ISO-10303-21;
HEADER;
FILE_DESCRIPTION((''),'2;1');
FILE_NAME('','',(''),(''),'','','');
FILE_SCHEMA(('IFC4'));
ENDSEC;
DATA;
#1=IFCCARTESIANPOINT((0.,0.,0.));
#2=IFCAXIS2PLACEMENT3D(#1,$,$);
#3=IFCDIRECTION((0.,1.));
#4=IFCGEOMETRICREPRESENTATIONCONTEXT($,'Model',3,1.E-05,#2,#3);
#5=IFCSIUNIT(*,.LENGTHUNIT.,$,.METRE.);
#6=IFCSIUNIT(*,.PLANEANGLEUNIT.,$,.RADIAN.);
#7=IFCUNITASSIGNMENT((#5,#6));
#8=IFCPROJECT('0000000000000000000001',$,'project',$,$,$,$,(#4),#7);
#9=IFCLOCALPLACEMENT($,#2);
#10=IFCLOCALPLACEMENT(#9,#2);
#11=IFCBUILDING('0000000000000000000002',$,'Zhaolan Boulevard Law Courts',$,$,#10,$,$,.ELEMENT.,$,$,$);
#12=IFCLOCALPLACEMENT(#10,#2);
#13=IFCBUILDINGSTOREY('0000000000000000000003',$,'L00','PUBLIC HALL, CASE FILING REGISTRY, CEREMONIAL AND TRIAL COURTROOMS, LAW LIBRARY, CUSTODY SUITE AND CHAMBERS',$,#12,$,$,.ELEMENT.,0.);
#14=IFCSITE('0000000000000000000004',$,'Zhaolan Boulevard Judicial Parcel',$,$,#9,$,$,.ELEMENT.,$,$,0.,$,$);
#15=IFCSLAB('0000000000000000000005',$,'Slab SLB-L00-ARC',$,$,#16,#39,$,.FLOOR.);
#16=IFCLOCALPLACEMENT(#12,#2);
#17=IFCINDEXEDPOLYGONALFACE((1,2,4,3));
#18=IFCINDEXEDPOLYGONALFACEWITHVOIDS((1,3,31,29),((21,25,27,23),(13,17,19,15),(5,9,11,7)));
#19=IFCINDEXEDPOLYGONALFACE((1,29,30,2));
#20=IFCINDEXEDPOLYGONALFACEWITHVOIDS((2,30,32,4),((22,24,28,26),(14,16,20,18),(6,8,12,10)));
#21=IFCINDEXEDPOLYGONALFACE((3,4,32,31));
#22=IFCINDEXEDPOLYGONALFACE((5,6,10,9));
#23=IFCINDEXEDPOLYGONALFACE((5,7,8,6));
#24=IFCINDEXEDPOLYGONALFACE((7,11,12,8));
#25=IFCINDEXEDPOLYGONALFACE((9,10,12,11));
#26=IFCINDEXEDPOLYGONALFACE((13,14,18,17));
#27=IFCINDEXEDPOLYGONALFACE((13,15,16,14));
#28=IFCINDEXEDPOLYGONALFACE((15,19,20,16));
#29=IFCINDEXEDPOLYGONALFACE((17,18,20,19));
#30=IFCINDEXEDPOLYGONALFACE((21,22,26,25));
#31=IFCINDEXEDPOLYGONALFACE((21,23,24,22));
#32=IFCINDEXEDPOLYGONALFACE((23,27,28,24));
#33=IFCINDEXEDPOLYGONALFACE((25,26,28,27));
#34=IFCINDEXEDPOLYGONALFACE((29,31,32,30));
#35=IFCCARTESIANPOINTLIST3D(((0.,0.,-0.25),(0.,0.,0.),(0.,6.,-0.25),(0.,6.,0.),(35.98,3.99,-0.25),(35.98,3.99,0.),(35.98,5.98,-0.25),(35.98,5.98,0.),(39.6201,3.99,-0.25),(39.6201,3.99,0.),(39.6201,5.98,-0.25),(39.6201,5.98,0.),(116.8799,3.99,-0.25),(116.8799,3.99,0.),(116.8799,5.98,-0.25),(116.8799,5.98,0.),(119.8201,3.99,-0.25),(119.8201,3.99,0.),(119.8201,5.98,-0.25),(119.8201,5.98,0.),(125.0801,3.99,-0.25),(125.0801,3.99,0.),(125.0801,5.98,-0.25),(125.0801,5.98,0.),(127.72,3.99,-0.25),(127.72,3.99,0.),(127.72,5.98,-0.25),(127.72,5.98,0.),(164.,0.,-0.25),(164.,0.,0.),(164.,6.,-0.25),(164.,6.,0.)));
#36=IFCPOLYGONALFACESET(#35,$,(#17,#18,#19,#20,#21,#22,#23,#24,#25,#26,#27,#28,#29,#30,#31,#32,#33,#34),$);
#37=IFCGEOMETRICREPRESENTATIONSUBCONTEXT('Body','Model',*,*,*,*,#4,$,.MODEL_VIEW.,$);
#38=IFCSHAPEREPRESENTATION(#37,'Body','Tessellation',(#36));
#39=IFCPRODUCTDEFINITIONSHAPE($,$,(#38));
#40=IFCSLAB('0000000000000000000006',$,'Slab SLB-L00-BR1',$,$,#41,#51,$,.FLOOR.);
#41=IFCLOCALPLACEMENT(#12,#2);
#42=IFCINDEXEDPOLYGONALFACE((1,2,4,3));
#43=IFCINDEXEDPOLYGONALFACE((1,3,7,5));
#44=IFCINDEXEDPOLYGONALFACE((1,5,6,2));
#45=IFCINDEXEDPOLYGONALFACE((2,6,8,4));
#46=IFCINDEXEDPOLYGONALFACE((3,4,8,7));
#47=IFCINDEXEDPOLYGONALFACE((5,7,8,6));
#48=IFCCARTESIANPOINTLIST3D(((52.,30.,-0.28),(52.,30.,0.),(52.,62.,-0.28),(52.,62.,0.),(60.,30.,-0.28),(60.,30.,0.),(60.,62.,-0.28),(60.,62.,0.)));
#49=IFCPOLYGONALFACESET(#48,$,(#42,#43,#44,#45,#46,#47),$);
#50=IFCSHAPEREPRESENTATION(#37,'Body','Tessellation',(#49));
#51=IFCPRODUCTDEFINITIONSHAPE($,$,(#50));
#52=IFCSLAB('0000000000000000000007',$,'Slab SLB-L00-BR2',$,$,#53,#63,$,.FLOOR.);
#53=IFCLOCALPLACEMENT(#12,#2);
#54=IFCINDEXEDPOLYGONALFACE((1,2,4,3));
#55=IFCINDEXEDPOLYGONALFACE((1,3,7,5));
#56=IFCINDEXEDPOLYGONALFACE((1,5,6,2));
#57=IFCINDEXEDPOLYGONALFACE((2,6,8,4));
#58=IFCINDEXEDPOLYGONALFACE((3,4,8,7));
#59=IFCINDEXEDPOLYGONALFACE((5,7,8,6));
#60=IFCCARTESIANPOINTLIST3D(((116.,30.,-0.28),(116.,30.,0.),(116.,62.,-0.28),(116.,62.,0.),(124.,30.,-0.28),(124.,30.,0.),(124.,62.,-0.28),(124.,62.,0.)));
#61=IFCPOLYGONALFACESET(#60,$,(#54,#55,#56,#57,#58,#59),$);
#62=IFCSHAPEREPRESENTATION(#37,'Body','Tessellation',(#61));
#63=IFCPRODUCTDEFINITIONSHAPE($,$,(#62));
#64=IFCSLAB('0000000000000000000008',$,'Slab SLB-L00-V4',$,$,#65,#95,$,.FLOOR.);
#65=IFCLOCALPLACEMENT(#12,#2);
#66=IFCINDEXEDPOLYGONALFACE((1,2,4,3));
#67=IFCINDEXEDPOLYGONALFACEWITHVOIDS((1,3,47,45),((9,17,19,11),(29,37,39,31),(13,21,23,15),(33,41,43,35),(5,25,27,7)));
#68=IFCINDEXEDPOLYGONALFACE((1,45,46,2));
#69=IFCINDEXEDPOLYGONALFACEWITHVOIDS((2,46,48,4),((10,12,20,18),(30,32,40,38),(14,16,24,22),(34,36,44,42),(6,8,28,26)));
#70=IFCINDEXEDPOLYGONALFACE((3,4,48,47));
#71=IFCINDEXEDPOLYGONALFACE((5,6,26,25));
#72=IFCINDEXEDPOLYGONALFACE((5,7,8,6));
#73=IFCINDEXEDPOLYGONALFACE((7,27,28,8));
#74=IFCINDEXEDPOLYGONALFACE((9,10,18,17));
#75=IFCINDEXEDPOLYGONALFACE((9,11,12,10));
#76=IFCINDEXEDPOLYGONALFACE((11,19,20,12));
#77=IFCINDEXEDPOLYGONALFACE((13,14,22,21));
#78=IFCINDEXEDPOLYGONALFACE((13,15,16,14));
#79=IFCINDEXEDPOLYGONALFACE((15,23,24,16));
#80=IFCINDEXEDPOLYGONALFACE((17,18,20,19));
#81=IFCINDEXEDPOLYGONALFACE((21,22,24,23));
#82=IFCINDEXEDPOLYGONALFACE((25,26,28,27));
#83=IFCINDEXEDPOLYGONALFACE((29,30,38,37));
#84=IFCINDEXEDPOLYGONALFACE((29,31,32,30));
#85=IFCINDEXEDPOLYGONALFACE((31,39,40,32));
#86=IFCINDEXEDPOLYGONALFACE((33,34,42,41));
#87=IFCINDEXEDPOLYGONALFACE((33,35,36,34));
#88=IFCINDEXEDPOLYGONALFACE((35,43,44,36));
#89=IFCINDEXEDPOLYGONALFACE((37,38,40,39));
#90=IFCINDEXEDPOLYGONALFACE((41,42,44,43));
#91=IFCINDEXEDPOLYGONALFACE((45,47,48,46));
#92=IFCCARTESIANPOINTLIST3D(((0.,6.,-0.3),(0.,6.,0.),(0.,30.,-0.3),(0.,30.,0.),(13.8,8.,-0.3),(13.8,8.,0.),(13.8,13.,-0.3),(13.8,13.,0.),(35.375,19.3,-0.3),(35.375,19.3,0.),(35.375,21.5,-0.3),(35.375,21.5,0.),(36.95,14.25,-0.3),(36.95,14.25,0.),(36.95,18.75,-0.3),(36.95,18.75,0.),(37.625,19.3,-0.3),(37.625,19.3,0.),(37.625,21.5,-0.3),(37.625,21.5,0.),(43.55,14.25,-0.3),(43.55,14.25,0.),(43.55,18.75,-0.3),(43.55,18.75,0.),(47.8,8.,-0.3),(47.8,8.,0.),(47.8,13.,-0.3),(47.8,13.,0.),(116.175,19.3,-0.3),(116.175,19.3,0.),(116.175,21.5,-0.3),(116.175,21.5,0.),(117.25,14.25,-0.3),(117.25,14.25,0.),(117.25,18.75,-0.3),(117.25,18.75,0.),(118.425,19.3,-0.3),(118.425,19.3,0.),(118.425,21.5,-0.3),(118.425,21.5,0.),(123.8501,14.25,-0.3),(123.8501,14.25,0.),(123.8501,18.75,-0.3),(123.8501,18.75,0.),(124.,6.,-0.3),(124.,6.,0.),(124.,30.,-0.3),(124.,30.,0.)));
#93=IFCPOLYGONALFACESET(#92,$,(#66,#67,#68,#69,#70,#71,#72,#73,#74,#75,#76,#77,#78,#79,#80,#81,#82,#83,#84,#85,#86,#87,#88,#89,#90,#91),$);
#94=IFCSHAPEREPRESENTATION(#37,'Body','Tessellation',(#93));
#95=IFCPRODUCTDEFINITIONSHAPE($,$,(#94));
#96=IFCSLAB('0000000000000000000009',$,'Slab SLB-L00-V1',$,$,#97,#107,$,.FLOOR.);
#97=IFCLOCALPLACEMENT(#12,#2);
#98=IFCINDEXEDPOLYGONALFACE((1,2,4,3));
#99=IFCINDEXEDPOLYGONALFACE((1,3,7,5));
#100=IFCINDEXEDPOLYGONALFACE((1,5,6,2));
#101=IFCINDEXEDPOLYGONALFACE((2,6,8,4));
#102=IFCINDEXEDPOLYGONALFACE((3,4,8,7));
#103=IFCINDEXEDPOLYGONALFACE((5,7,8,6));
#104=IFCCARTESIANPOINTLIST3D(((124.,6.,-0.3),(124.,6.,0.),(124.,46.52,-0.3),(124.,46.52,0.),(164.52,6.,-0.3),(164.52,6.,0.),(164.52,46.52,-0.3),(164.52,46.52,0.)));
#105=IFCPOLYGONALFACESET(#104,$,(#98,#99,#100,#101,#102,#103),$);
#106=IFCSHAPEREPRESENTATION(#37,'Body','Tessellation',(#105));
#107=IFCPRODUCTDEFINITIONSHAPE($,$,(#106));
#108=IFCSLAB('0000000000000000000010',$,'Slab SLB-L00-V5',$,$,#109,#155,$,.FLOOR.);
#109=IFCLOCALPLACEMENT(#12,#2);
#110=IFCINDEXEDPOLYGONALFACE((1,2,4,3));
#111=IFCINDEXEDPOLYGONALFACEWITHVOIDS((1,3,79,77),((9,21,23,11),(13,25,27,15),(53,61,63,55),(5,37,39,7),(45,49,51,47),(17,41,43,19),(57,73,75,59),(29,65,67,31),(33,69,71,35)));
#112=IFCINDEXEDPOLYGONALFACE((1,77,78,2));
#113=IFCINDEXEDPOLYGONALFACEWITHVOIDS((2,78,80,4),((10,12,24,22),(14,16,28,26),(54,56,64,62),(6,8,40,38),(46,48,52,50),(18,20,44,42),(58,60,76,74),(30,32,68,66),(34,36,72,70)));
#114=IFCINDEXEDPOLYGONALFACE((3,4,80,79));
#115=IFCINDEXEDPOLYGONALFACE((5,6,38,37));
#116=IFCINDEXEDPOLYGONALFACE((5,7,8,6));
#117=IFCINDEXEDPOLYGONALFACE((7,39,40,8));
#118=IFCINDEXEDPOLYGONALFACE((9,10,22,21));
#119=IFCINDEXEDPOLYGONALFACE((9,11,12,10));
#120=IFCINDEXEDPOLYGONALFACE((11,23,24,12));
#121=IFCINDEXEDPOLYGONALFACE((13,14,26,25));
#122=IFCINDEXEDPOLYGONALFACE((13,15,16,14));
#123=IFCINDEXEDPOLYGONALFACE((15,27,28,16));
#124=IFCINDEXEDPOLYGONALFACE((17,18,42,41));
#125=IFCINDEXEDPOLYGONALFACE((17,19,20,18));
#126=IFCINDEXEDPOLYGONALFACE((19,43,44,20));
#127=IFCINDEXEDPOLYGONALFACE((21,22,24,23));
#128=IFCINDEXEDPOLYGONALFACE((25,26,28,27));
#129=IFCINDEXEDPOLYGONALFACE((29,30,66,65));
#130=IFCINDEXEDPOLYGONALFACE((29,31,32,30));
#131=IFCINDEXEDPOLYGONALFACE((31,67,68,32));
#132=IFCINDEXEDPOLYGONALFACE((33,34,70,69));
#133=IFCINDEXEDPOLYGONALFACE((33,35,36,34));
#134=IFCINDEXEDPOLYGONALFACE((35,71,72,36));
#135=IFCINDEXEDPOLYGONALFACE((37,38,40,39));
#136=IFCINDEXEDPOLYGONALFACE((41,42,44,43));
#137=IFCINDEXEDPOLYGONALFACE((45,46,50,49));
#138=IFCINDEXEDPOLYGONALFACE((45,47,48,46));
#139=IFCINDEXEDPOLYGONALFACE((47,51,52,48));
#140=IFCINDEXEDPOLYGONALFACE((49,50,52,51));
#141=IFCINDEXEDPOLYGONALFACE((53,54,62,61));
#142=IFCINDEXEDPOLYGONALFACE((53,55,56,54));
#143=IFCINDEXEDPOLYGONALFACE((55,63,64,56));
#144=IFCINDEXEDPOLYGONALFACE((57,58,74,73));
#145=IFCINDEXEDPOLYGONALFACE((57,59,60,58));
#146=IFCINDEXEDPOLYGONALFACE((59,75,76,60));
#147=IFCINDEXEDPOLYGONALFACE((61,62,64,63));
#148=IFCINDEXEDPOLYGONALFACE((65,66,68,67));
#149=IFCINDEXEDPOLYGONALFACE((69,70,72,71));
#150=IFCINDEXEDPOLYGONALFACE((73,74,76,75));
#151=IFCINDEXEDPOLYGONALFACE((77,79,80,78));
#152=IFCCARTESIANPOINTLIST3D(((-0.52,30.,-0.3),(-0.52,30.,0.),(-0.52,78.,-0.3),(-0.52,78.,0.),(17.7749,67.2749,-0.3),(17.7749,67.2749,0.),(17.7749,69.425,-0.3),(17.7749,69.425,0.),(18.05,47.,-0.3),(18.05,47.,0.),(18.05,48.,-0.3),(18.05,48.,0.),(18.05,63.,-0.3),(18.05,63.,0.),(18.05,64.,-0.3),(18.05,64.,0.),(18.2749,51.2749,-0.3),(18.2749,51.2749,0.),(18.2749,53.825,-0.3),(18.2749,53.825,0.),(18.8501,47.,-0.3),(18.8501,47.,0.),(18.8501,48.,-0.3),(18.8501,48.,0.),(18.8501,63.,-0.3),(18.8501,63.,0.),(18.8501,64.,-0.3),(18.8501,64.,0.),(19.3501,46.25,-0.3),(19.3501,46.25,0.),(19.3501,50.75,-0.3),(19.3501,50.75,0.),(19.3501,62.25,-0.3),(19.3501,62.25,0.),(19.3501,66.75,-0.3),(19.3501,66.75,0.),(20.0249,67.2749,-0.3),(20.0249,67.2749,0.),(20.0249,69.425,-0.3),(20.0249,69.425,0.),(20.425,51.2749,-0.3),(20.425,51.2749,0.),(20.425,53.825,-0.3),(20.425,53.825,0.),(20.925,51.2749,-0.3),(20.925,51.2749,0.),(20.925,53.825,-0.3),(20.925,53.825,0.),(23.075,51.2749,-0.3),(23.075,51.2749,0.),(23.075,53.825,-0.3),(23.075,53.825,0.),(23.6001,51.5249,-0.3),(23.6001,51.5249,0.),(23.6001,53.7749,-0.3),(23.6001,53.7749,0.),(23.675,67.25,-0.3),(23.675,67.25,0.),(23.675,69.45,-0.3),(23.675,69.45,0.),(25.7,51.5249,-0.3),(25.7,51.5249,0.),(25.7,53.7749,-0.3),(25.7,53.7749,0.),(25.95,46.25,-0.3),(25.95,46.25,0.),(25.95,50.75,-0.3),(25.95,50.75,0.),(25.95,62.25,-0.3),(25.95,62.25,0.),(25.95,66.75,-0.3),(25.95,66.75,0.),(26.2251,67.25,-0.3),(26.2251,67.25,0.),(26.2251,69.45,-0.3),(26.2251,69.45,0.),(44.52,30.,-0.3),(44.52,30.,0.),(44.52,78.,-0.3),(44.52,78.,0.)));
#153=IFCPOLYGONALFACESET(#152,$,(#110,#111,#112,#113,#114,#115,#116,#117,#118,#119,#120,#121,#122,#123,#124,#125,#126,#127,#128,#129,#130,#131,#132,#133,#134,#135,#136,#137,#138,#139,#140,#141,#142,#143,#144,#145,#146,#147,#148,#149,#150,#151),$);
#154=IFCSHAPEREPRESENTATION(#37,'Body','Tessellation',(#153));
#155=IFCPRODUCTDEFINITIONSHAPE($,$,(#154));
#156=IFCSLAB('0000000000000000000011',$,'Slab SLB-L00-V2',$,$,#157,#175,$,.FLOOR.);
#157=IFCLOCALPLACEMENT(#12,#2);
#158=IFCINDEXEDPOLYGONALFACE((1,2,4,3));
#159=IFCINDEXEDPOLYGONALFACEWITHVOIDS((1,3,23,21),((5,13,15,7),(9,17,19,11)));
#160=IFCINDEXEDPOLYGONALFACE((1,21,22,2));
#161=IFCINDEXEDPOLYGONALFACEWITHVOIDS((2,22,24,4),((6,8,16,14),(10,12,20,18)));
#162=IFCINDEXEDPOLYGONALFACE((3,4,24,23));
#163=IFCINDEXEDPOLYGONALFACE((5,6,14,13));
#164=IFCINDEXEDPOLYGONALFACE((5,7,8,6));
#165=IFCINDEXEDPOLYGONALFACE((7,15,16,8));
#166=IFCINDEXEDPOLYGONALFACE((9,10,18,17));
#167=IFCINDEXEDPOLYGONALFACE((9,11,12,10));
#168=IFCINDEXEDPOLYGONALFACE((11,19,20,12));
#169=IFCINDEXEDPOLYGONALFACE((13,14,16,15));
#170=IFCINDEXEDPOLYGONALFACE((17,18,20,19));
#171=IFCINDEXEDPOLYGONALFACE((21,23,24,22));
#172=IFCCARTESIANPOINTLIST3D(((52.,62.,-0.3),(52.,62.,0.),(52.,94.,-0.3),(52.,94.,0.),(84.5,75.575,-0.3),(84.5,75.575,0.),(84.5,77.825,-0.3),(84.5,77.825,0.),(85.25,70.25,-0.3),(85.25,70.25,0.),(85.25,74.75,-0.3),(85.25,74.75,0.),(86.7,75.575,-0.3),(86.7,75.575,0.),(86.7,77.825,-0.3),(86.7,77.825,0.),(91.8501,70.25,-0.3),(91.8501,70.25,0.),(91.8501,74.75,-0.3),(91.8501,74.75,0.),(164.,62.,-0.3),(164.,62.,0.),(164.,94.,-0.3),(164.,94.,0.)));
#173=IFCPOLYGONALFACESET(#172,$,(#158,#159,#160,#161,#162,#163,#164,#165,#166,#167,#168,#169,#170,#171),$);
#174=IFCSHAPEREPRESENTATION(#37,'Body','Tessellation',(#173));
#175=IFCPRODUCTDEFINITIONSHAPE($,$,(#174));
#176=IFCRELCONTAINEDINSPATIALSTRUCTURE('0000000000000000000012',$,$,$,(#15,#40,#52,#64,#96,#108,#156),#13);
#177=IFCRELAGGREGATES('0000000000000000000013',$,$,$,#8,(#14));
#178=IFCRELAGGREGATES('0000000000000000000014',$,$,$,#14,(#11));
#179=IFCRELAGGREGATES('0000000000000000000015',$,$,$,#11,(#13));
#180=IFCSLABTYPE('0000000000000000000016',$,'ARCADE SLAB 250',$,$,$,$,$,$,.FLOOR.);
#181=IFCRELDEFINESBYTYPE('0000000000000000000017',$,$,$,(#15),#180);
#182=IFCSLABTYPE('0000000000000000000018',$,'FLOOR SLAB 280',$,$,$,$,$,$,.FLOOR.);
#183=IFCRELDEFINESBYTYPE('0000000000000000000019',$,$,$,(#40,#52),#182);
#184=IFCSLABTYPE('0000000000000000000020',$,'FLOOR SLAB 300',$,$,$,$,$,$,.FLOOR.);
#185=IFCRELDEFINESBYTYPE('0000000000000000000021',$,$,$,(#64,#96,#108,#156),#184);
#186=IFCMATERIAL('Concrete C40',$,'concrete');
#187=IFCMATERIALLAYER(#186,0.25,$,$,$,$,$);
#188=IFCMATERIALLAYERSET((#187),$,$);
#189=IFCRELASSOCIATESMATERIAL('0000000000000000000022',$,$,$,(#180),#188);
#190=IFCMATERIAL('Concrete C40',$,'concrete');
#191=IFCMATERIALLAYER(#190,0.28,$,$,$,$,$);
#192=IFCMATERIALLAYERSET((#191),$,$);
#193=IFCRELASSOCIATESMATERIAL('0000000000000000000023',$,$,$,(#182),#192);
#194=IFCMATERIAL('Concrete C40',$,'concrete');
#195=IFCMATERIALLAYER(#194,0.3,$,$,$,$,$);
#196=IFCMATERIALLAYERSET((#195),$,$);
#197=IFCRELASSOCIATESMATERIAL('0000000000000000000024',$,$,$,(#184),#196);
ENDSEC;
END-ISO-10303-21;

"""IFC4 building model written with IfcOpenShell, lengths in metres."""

from ifc_helpers import new_model, si_unit, direction, frame, origin, place, context, subcontext, project, spatial, polyline, outline, extrude, material, layer, layer_set, type_object, element, save


model = new_model("IFC4")

# Units and contexts
model_context = context("Model", 3, precision=1e-05, world=origin(), true_north=direction((0.0, 1.0)))
body_context = subcontext(model_context, "Body", "Model", "MODEL_VIEW")
ifc_project = project(units=[si_unit("LENGTHUNIT", "METRE"), si_unit("PLANEANGLEUNIT", "RADIAN")], contexts=[model_context])

# Site, building, storey
site_placement = place(None, origin())
site = spatial("IfcSite", under=ifc_project, at=site_placement, Name="Zhaolan Boulevard Judicial Parcel", CompositionType="ELEMENT", RefElevation=0.0)
building_placement = place(site_placement, origin())
building = spatial("IfcBuilding", under=site, at=building_placement, Name="Zhaolan Boulevard Law Courts", CompositionType="ELEMENT")
storey_placement = place(building_placement, origin())
storey = spatial("IfcBuildingStorey", under=building, at=storey_placement, Name="L00", Description="PUBLIC HALL, CASE FILING REGISTRY, CEREMONIAL AND TRIAL COURTROOMS, LAW LIBRARY, CUSTODY SUITE AND CHAMBERS", CompositionType="ELEMENT", Elevation=0.0)

# Slabs
ifc_material_1 = material(Name="Concrete C40", Category="concrete")
ifc_layer_1 = layer(ifc_material_1, 0.25)
ifc_layer_set_1 = layer_set([ifc_layer_1])
slab_type_1 = type_object("IfcSlabType", Name="ARCADE SLAB 250", PredefinedType="FLOOR", material=ifc_layer_set_1)
slab_1_placement = place(storey_placement, frame((0.0, 0.0, -0.25)))
element("IfcSlab", 1, at=slab_1_placement, inside=storey, type_object=slab_type_1, Name="Slab SLB-L00-ARC", PredefinedType="FLOOR", context=body_context, shape_type="SweptSolid", body=[
    extrude(outline(polyline([(0.0, 0.0), (164.0, 0.0), (164.0, 6.0), (0.0, 6.0), (0.0, 0.0)]), holes=[polyline([(35.98, 3.99), (39.6201, 3.99), (39.6201, 5.98), (35.98, 5.98), (35.98, 3.99)]), polyline([(116.8799, 3.99), (119.8201, 3.99), (119.8201, 5.98), (116.8799, 5.98), (116.8799, 3.99)]), polyline([(125.0801, 3.99), (127.72, 3.99), (127.72, 5.98), (125.0801, 5.98), (125.0801, 3.99)])]), origin(), (0.0, 0.0, 1.0), 0.25),
])
ifc_material_2 = material(Name="Concrete C40", Category="concrete")
ifc_layer_2 = layer(ifc_material_2, 0.28)
ifc_layer_set_2 = layer_set([ifc_layer_2])
slab_type_2 = type_object("IfcSlabType", Name="FLOOR SLAB 280", PredefinedType="FLOOR", material=ifc_layer_set_2)
slab_2_placement = place(storey_placement, frame((0.0, 0.0, -0.28)))
element("IfcSlab", 2, at=slab_2_placement, inside=storey, type_object=slab_type_2, Name="Slab SLB-L00-BR1", PredefinedType="FLOOR", context=body_context, shape_type="SweptSolid", body=[
    extrude(outline(polyline([(52.0, 30.0), (60.0, 30.0), (60.0, 62.0), (52.0, 62.0), (52.0, 30.0)])), origin(), (0.0, 0.0, 1.0), 0.28),
])
slab_3_placement = place(storey_placement, frame((0.0, 0.0, -0.28)))
element("IfcSlab", 3, at=slab_3_placement, inside=storey, type_object=slab_type_2, Name="Slab SLB-L00-BR2", PredefinedType="FLOOR", context=body_context, shape_type="SweptSolid", body=[
    extrude(outline(polyline([(116.0, 30.0), (124.0, 30.0), (124.0, 62.0), (116.0, 62.0), (116.0, 30.0)])), origin(), (0.0, 0.0, 1.0), 0.28),
])
ifc_material_3 = material(Name="Concrete C40", Category="concrete")
ifc_layer_3 = layer(ifc_material_3, 0.3)
ifc_layer_set_3 = layer_set([ifc_layer_3])
slab_type_3 = type_object("IfcSlabType", Name="FLOOR SLAB 300", PredefinedType="FLOOR", material=ifc_layer_set_3)
slab_4_placement = place(storey_placement, frame((0.0, 0.0, -0.3)))
element("IfcSlab", 4, at=slab_4_placement, inside=storey, type_object=slab_type_3, Name="Slab SLB-L00-V4", PredefinedType="FLOOR", context=body_context, shape_type="SweptSolid", body=[
    extrude(outline(polyline([(0.0, 6.0), (124.0, 6.0), (124.0, 30.0), (0.0, 30.0), (0.0, 6.0)]), holes=[polyline([(35.375, 19.3), (37.625, 19.3), (37.625, 21.5), (35.375, 21.5), (35.375, 19.3)]), polyline([(116.175, 19.3), (118.425, 19.3), (118.425, 21.5), (116.175, 21.5), (116.175, 19.3)]), polyline([(36.95, 14.25), (43.55, 14.25), (43.55, 18.75), (36.95, 18.75), (36.95, 14.25)]), polyline([(117.25, 14.25), (123.8501, 14.25), (123.8501, 18.75), (117.25, 18.75), (117.25, 14.25)]), polyline([(13.8, 8.0), (47.8, 8.0), (47.8, 13.0), (13.8, 13.0), (13.8, 8.0)])]), origin(), (0.0, 0.0, 1.0), 0.3),
])
slab_5_placement = place(storey_placement, frame((0.0, 0.0, -0.3)))
element("IfcSlab", 5, at=slab_5_placement, inside=storey, type_object=slab_type_3, Name="Slab SLB-L00-V1", PredefinedType="FLOOR", context=body_context, shape_type="SweptSolid", body=[
    extrude(outline(polyline([(124.0, 6.0), (164.52, 6.0), (164.52, 46.52), (124.0, 46.52), (124.0, 6.0)])), origin(), (0.0, 0.0, 1.0), 0.3),
])
slab_6_placement = place(storey_placement, frame((0.0, 0.0, -0.3)))
element("IfcSlab", 6, at=slab_6_placement, inside=storey, type_object=slab_type_3, Name="Slab SLB-L00-V5", PredefinedType="FLOOR", context=body_context, shape_type="SweptSolid", body=[
    extrude(outline(polyline([(-0.52, 30.0), (44.52, 30.0), (44.52, 78.0), (-0.52, 78.0), (-0.52, 30.0)]), holes=[polyline([(18.2749, 51.2749), (20.425, 51.2749), (20.425, 53.825), (18.2749, 53.825), (18.2749, 51.2749)]), polyline([(20.925, 51.2749), (23.075, 51.2749), (23.075, 53.825), (20.925, 53.825), (20.925, 51.2749)]), polyline([(23.675, 67.25), (26.2251, 67.25), (26.2251, 69.45), (23.675, 69.45), (23.675, 67.25)]), polyline([(23.6001, 51.5249), (25.7, 51.5249), (25.7, 53.7749), (23.6001, 53.7749), (23.6001, 51.5249)]), polyline([(17.7749, 67.2749), (20.0249, 67.2749), (20.0249, 69.425), (17.7749, 69.425), (17.7749, 67.2749)]), polyline([(19.3501, 46.25), (25.95, 46.25), (25.95, 50.75), (19.3501, 50.75), (19.3501, 46.25)]), polyline([(19.3501, 62.25), (25.95, 62.25), (25.95, 66.75), (19.3501, 66.75), (19.3501, 62.25)]), polyline([(18.05, 47.0), (18.8501, 47.0), (18.8501, 48.0), (18.05, 48.0), (18.05, 47.0)]), polyline([(18.05, 63.0), (18.8501, 63.0), (18.8501, 64.0), (18.05, 64.0), (18.05, 63.0)])]), origin(), (0.0, 0.0, 1.0), 0.3),
])
slab_7_placement = place(storey_placement, frame((0.0, 0.0, -0.3)))
element("IfcSlab", 7, at=slab_7_placement, inside=storey, type_object=slab_type_3, Name="Slab SLB-L00-V2", PredefinedType="FLOOR", context=body_context, shape_type="SweptSolid", body=[
    extrude(outline(polyline([(52.0, 62.0), (164.0, 62.0), (164.0, 94.0), (52.0, 94.0), (52.0, 62.0)]), holes=[polyline([(84.5, 75.575), (86.7, 75.575), (86.7, 77.825), (84.5, 77.825), (84.5, 75.575)]), polyline([(85.25, 70.25), (91.8501, 70.25), (91.8501, 74.75), (85.25, 74.75), (85.25, 70.25)])]), origin(), (0.0, 0.0, 1.0), 0.3),
])

save(model, "model.ifc")
